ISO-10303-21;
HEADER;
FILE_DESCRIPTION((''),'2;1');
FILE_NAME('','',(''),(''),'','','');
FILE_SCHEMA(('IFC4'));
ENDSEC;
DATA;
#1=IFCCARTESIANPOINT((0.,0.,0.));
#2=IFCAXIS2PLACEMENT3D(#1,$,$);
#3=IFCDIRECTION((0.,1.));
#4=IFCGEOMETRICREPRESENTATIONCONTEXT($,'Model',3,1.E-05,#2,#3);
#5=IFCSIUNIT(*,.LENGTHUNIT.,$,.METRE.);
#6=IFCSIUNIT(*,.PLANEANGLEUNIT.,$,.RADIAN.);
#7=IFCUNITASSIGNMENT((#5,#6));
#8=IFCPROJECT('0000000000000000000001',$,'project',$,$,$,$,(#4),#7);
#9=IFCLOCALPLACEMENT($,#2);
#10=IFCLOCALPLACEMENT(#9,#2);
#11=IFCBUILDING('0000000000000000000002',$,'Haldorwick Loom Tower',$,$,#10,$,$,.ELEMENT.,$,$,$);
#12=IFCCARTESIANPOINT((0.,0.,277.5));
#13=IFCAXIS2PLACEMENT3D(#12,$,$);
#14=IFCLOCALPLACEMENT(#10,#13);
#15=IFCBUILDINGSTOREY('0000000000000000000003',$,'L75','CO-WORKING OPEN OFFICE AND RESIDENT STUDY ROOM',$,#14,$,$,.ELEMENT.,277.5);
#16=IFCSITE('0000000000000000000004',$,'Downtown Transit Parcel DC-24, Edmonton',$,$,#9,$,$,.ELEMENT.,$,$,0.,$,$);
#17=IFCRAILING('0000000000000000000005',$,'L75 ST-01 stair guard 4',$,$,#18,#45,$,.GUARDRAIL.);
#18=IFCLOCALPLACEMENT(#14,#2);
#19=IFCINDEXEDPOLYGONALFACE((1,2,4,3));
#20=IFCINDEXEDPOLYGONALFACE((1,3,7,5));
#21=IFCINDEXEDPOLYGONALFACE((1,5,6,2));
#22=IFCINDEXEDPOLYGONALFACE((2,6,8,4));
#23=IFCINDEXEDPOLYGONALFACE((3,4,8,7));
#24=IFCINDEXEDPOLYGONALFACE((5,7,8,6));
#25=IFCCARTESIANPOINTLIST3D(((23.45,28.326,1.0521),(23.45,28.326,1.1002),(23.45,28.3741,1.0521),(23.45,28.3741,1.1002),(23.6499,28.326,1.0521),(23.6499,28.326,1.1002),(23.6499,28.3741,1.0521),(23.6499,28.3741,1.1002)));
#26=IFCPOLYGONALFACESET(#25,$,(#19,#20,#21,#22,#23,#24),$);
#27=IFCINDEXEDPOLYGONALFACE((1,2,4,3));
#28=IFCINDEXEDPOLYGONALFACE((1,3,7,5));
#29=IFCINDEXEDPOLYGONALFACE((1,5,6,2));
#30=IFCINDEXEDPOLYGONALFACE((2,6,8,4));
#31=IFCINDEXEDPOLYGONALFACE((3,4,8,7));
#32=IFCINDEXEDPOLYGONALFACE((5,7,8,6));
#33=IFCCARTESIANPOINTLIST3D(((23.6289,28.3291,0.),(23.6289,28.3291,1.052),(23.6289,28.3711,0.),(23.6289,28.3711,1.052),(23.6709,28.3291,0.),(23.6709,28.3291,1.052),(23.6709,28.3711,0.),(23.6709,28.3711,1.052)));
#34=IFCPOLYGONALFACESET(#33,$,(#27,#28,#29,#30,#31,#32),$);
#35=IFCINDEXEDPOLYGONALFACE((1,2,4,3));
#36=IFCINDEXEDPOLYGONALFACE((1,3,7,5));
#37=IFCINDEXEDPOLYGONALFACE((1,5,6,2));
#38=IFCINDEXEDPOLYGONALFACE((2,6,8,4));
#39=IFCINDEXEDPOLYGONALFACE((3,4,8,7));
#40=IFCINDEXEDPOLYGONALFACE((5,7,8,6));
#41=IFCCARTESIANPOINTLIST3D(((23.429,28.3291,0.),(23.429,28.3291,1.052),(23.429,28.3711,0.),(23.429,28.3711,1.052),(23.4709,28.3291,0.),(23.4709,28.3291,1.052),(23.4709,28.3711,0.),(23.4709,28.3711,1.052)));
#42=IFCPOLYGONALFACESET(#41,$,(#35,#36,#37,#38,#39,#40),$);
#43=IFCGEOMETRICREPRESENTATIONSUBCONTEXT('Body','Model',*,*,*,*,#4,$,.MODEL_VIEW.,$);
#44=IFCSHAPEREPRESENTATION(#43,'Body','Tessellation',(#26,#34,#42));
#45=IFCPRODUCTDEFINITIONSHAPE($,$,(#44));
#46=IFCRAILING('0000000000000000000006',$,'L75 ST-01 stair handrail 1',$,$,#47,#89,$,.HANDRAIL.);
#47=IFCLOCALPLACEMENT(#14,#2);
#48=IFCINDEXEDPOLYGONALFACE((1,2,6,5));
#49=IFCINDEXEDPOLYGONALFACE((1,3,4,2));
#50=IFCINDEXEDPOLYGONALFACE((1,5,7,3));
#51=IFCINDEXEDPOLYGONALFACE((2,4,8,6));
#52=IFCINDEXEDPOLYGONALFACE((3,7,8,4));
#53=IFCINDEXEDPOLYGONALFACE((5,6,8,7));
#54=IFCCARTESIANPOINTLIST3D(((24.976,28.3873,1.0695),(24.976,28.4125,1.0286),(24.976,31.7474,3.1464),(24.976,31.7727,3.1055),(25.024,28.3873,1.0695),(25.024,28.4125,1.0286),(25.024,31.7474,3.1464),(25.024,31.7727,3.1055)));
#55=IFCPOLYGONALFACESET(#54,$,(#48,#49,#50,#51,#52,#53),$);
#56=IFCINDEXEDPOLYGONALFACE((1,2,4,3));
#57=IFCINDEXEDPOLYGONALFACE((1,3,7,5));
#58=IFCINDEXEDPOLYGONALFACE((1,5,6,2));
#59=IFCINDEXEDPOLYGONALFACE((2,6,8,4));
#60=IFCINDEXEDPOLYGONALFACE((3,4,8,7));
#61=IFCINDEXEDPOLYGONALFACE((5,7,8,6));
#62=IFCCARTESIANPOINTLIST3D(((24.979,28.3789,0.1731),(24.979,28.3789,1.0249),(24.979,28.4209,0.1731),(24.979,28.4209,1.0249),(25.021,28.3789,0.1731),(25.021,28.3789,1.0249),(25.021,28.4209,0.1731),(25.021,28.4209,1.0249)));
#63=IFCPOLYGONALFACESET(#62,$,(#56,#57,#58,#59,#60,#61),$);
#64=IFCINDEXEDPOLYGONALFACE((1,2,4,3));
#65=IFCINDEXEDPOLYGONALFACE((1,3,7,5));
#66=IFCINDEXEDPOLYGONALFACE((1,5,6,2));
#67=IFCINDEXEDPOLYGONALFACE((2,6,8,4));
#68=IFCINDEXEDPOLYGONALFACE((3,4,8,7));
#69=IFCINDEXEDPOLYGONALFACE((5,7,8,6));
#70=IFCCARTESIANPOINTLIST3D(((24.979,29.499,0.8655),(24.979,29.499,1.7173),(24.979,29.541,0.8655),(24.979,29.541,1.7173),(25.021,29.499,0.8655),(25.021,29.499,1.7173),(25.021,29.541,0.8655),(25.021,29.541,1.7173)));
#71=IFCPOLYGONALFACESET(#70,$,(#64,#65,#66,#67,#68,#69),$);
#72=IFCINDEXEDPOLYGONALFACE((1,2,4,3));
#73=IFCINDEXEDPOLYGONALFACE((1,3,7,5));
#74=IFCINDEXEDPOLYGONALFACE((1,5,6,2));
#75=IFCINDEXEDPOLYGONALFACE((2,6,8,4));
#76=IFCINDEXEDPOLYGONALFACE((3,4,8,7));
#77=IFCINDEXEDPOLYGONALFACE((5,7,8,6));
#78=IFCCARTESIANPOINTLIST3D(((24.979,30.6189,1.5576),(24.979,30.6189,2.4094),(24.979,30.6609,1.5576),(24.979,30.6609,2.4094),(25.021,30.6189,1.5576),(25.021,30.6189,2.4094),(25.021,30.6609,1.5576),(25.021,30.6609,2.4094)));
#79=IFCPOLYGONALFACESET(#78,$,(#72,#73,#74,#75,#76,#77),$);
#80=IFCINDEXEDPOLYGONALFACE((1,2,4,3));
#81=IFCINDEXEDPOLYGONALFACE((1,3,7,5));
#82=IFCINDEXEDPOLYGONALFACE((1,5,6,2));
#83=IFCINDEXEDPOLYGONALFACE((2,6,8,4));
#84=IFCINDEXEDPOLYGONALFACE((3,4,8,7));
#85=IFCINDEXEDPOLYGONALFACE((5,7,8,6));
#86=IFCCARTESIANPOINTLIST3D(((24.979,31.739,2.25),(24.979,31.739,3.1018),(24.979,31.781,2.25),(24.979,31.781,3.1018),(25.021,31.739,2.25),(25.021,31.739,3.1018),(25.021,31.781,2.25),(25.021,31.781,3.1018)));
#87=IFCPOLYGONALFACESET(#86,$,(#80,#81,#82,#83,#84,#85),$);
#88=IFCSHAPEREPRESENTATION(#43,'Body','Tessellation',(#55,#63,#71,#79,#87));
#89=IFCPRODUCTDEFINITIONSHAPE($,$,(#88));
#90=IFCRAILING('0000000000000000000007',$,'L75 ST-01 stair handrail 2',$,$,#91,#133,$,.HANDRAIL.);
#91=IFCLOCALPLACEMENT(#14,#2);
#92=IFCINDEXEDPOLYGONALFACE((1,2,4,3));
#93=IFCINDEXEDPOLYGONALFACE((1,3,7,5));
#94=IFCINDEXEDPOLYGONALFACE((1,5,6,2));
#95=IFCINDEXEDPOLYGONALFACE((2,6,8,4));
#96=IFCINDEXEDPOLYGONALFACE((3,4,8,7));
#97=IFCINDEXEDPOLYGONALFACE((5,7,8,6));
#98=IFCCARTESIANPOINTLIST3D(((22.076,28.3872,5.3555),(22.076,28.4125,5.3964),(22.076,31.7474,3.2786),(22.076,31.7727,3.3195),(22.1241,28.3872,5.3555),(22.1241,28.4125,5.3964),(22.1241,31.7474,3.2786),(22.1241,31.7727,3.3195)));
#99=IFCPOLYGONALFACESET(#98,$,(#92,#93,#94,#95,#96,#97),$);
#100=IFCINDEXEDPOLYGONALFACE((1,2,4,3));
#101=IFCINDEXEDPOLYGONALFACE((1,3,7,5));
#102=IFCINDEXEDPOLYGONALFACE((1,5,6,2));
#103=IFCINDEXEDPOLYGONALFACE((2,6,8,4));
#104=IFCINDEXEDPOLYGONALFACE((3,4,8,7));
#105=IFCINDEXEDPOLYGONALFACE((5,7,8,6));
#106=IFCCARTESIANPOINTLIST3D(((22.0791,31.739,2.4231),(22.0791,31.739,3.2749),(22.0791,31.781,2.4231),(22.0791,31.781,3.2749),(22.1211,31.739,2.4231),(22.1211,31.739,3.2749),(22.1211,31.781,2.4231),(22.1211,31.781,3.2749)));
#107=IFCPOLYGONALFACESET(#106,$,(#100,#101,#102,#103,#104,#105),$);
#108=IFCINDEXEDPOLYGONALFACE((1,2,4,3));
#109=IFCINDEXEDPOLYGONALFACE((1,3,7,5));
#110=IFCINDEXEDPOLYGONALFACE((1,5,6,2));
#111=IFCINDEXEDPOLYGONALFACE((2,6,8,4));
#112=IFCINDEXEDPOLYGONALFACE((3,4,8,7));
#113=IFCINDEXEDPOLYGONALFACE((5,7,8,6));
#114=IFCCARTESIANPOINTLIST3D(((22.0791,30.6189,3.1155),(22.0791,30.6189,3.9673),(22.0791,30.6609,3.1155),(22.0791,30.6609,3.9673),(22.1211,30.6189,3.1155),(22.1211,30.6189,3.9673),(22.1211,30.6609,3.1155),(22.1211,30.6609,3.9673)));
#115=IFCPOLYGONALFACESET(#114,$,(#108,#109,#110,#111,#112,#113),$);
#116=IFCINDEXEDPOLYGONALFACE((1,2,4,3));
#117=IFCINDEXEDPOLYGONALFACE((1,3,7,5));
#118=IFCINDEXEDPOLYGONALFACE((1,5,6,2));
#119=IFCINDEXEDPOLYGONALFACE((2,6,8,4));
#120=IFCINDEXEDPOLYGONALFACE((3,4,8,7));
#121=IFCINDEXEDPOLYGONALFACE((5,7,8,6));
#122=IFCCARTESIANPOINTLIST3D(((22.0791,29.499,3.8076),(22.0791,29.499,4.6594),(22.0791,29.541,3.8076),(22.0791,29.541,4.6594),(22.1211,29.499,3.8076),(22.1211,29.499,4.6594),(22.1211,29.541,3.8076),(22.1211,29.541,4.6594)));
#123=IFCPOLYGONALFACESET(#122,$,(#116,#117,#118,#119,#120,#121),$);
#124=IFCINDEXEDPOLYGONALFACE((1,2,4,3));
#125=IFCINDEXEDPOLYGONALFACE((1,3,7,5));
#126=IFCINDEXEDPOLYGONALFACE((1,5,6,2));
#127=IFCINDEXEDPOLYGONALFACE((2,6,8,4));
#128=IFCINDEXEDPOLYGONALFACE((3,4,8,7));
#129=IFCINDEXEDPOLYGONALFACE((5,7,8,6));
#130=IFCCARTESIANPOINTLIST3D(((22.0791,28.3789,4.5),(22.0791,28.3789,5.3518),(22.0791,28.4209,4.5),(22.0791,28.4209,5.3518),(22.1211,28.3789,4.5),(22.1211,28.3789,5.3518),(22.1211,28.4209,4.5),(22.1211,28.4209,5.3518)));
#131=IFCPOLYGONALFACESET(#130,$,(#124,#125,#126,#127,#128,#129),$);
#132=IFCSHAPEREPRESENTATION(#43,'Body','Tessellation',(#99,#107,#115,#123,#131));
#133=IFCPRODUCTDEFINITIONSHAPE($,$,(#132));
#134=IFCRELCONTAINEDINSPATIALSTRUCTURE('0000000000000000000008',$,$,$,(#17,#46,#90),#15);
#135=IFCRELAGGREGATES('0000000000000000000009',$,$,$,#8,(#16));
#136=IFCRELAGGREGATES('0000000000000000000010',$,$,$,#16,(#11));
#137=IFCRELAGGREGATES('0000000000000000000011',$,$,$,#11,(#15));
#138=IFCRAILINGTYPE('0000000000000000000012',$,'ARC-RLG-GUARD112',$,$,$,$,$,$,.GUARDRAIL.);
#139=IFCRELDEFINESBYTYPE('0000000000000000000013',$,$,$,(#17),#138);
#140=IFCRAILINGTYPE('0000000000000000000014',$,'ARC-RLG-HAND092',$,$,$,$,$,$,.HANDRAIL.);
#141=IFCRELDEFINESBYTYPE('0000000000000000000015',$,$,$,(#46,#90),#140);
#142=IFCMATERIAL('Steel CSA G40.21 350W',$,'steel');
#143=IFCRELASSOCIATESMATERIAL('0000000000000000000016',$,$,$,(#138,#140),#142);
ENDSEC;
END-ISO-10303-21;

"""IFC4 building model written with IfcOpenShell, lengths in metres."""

from ifc_helpers import new_model, si_unit, direction, frame, origin, origin_2d, place, context, subcontext, project, spatial, rectangle, extrude, material, type_object, element, save


model = new_model("IFC4")

# Units and contexts
model_context = context("Model", 3, precision=1e-05, world=origin(), true_north=direction((0.0, 1.0)))
body_context = subcontext(model_context, "Body", "Model", "MODEL_VIEW")
ifc_project = project(units=[si_unit("LENGTHUNIT", "METRE"), si_unit("PLANEANGLEUNIT", "RADIAN")], contexts=[model_context])

# Site, building, storey
site_placement = place(None, origin())
site = spatial("IfcSite", under=ifc_project, at=site_placement, Name="Downtown Transit Parcel DC-24, Edmonton", CompositionType="ELEMENT", RefElevation=0.0)
building_placement = place(site_placement, origin())
building = spatial("IfcBuilding", under=site, at=building_placement, Name="Haldorwick Loom Tower", CompositionType="ELEMENT")
storey_placement = place(building_placement, frame((0.0, 0.0, 277.5)))
storey = spatial("IfcBuildingStorey", under=building, at=storey_placement, Name="L75", Description="CO-WORKING OPEN OFFICE AND RESIDENT STUDY ROOM", CompositionType="ELEMENT", Elevation=277.5)

# Shared definitions
ifc_material_1 = material(Name="Steel CSA G40.21 350W", Category="steel")

# Railings
railing_type_1 = type_object("IfcRailingType", Name="ARC-RLG-GUARD112", PredefinedType="GUARDRAIL", material=ifc_material_1)
railing_1_placement = place(storey_placement, frame((23.6499, 28.3501, 0.0)))
element("IfcRailing", 1, at=railing_1_placement, inside=storey, type_object=railing_type_1, Name="L75 ST-01 stair guard 4", PredefinedType="GUARDRAIL", context=body_context, shape_type="SweptSolid", body=[
    extrude(rectangle(XDim=0.0481, YDim=0.0481, at=origin_2d()), frame((0.0, 0.0, 1.0762), z_axis=(-1.0, 0.0, 0.0), x_axis=(0.0, -1.0, 0.0)), (0.0, 0.0, 1.0), 0.2),
    extrude(rectangle(XDim=0.042, YDim=0.042, at=origin_2d()), origin(), (0.0, 0.0, 1.0), 1.052),
    extrude(rectangle(XDim=0.042, YDim=0.042, at=origin_2d()), frame((-0.2, 0.0, 0.0)), (0.0, 0.0, 1.0), 1.052),
])
railing_type_2 = type_object("IfcRailingType", Name="ARC-RLG-HAND092", PredefinedType="HANDRAIL", material=ifc_material_1)
railing_2_placement = place(storey_placement, frame((25.0, 28.3999, 0.1731)))
element("IfcRailing", 2, at=railing_2_placement, inside=storey, type_object=railing_type_2, Name="L75 ST-01 stair handrail 1", PredefinedType="HANDRAIL", context=body_context, shape_type="SweptSolid", body=[
    extrude(rectangle(XDim=0.0481, YDim=0.0481, at=origin_2d()), frame((0.0, 0.0, 0.876), z_axis=(0.0, 0.850623, 0.525776), x_axis=(-1.0, 0.0, 0.0)), (0.0, 0.0, 1.0), 3.9502),
    extrude(rectangle(XDim=0.042, YDim=0.042, at=origin_2d()), origin(), (0.0, 0.0, 1.0), 0.8518),
    extrude(rectangle(XDim=0.042, YDim=0.042, at=origin_2d()), frame((0.0, 1.1201, 0.6924)), (0.0, 0.0, 1.0), 0.8518),
    extrude(rectangle(XDim=0.042, YDim=0.042, at=origin_2d()), frame((0.0, 2.24, 1.3845)), (0.0, 0.0, 1.0), 0.8518),
    extrude(rectangle(XDim=0.042, YDim=0.042, at=origin_2d()), frame((0.0, 3.3601, 2.0769)), (0.0, 0.0, 1.0), 0.8518),
])
railing_3_placement = place(storey_placement, frame((22.1001, 31.76, 2.4231)))
element("IfcRailing", 3, at=railing_3_placement, inside=storey, type_object=railing_type_2, Name="L75 ST-01 stair handrail 2", PredefinedType="HANDRAIL", context=body_context, shape_type="SweptSolid", body=[
    extrude(rectangle(XDim=0.0481, YDim=0.0481, at=origin_2d()), frame((0.0, 0.0, 0.876), z_axis=(0.0, -0.850623, 0.525776), x_axis=(1.0, 0.0, 0.0)), (0.0, 0.0, 1.0), 3.9502),
    extrude(rectangle(XDim=0.042, YDim=0.042, at=origin_2d()), origin(), (0.0, 0.0, 1.0), 0.8518),
    extrude(rectangle(XDim=0.042, YDim=0.042, at=origin_2d()), frame((0.0, -1.1201, 0.6924)), (0.0, 0.0, 1.0), 0.8518),
    extrude(rectangle(XDim=0.042, YDim=0.042, at=origin_2d()), frame((0.0, -2.24, 1.3845)), (0.0, 0.0, 1.0), 0.8518),
    extrude(rectangle(XDim=0.042, YDim=0.042, at=origin_2d()), frame((0.0, -3.3601, 2.0769)), (0.0, 0.0, 1.0), 0.8518),
])

save(model, "model.ifc")
